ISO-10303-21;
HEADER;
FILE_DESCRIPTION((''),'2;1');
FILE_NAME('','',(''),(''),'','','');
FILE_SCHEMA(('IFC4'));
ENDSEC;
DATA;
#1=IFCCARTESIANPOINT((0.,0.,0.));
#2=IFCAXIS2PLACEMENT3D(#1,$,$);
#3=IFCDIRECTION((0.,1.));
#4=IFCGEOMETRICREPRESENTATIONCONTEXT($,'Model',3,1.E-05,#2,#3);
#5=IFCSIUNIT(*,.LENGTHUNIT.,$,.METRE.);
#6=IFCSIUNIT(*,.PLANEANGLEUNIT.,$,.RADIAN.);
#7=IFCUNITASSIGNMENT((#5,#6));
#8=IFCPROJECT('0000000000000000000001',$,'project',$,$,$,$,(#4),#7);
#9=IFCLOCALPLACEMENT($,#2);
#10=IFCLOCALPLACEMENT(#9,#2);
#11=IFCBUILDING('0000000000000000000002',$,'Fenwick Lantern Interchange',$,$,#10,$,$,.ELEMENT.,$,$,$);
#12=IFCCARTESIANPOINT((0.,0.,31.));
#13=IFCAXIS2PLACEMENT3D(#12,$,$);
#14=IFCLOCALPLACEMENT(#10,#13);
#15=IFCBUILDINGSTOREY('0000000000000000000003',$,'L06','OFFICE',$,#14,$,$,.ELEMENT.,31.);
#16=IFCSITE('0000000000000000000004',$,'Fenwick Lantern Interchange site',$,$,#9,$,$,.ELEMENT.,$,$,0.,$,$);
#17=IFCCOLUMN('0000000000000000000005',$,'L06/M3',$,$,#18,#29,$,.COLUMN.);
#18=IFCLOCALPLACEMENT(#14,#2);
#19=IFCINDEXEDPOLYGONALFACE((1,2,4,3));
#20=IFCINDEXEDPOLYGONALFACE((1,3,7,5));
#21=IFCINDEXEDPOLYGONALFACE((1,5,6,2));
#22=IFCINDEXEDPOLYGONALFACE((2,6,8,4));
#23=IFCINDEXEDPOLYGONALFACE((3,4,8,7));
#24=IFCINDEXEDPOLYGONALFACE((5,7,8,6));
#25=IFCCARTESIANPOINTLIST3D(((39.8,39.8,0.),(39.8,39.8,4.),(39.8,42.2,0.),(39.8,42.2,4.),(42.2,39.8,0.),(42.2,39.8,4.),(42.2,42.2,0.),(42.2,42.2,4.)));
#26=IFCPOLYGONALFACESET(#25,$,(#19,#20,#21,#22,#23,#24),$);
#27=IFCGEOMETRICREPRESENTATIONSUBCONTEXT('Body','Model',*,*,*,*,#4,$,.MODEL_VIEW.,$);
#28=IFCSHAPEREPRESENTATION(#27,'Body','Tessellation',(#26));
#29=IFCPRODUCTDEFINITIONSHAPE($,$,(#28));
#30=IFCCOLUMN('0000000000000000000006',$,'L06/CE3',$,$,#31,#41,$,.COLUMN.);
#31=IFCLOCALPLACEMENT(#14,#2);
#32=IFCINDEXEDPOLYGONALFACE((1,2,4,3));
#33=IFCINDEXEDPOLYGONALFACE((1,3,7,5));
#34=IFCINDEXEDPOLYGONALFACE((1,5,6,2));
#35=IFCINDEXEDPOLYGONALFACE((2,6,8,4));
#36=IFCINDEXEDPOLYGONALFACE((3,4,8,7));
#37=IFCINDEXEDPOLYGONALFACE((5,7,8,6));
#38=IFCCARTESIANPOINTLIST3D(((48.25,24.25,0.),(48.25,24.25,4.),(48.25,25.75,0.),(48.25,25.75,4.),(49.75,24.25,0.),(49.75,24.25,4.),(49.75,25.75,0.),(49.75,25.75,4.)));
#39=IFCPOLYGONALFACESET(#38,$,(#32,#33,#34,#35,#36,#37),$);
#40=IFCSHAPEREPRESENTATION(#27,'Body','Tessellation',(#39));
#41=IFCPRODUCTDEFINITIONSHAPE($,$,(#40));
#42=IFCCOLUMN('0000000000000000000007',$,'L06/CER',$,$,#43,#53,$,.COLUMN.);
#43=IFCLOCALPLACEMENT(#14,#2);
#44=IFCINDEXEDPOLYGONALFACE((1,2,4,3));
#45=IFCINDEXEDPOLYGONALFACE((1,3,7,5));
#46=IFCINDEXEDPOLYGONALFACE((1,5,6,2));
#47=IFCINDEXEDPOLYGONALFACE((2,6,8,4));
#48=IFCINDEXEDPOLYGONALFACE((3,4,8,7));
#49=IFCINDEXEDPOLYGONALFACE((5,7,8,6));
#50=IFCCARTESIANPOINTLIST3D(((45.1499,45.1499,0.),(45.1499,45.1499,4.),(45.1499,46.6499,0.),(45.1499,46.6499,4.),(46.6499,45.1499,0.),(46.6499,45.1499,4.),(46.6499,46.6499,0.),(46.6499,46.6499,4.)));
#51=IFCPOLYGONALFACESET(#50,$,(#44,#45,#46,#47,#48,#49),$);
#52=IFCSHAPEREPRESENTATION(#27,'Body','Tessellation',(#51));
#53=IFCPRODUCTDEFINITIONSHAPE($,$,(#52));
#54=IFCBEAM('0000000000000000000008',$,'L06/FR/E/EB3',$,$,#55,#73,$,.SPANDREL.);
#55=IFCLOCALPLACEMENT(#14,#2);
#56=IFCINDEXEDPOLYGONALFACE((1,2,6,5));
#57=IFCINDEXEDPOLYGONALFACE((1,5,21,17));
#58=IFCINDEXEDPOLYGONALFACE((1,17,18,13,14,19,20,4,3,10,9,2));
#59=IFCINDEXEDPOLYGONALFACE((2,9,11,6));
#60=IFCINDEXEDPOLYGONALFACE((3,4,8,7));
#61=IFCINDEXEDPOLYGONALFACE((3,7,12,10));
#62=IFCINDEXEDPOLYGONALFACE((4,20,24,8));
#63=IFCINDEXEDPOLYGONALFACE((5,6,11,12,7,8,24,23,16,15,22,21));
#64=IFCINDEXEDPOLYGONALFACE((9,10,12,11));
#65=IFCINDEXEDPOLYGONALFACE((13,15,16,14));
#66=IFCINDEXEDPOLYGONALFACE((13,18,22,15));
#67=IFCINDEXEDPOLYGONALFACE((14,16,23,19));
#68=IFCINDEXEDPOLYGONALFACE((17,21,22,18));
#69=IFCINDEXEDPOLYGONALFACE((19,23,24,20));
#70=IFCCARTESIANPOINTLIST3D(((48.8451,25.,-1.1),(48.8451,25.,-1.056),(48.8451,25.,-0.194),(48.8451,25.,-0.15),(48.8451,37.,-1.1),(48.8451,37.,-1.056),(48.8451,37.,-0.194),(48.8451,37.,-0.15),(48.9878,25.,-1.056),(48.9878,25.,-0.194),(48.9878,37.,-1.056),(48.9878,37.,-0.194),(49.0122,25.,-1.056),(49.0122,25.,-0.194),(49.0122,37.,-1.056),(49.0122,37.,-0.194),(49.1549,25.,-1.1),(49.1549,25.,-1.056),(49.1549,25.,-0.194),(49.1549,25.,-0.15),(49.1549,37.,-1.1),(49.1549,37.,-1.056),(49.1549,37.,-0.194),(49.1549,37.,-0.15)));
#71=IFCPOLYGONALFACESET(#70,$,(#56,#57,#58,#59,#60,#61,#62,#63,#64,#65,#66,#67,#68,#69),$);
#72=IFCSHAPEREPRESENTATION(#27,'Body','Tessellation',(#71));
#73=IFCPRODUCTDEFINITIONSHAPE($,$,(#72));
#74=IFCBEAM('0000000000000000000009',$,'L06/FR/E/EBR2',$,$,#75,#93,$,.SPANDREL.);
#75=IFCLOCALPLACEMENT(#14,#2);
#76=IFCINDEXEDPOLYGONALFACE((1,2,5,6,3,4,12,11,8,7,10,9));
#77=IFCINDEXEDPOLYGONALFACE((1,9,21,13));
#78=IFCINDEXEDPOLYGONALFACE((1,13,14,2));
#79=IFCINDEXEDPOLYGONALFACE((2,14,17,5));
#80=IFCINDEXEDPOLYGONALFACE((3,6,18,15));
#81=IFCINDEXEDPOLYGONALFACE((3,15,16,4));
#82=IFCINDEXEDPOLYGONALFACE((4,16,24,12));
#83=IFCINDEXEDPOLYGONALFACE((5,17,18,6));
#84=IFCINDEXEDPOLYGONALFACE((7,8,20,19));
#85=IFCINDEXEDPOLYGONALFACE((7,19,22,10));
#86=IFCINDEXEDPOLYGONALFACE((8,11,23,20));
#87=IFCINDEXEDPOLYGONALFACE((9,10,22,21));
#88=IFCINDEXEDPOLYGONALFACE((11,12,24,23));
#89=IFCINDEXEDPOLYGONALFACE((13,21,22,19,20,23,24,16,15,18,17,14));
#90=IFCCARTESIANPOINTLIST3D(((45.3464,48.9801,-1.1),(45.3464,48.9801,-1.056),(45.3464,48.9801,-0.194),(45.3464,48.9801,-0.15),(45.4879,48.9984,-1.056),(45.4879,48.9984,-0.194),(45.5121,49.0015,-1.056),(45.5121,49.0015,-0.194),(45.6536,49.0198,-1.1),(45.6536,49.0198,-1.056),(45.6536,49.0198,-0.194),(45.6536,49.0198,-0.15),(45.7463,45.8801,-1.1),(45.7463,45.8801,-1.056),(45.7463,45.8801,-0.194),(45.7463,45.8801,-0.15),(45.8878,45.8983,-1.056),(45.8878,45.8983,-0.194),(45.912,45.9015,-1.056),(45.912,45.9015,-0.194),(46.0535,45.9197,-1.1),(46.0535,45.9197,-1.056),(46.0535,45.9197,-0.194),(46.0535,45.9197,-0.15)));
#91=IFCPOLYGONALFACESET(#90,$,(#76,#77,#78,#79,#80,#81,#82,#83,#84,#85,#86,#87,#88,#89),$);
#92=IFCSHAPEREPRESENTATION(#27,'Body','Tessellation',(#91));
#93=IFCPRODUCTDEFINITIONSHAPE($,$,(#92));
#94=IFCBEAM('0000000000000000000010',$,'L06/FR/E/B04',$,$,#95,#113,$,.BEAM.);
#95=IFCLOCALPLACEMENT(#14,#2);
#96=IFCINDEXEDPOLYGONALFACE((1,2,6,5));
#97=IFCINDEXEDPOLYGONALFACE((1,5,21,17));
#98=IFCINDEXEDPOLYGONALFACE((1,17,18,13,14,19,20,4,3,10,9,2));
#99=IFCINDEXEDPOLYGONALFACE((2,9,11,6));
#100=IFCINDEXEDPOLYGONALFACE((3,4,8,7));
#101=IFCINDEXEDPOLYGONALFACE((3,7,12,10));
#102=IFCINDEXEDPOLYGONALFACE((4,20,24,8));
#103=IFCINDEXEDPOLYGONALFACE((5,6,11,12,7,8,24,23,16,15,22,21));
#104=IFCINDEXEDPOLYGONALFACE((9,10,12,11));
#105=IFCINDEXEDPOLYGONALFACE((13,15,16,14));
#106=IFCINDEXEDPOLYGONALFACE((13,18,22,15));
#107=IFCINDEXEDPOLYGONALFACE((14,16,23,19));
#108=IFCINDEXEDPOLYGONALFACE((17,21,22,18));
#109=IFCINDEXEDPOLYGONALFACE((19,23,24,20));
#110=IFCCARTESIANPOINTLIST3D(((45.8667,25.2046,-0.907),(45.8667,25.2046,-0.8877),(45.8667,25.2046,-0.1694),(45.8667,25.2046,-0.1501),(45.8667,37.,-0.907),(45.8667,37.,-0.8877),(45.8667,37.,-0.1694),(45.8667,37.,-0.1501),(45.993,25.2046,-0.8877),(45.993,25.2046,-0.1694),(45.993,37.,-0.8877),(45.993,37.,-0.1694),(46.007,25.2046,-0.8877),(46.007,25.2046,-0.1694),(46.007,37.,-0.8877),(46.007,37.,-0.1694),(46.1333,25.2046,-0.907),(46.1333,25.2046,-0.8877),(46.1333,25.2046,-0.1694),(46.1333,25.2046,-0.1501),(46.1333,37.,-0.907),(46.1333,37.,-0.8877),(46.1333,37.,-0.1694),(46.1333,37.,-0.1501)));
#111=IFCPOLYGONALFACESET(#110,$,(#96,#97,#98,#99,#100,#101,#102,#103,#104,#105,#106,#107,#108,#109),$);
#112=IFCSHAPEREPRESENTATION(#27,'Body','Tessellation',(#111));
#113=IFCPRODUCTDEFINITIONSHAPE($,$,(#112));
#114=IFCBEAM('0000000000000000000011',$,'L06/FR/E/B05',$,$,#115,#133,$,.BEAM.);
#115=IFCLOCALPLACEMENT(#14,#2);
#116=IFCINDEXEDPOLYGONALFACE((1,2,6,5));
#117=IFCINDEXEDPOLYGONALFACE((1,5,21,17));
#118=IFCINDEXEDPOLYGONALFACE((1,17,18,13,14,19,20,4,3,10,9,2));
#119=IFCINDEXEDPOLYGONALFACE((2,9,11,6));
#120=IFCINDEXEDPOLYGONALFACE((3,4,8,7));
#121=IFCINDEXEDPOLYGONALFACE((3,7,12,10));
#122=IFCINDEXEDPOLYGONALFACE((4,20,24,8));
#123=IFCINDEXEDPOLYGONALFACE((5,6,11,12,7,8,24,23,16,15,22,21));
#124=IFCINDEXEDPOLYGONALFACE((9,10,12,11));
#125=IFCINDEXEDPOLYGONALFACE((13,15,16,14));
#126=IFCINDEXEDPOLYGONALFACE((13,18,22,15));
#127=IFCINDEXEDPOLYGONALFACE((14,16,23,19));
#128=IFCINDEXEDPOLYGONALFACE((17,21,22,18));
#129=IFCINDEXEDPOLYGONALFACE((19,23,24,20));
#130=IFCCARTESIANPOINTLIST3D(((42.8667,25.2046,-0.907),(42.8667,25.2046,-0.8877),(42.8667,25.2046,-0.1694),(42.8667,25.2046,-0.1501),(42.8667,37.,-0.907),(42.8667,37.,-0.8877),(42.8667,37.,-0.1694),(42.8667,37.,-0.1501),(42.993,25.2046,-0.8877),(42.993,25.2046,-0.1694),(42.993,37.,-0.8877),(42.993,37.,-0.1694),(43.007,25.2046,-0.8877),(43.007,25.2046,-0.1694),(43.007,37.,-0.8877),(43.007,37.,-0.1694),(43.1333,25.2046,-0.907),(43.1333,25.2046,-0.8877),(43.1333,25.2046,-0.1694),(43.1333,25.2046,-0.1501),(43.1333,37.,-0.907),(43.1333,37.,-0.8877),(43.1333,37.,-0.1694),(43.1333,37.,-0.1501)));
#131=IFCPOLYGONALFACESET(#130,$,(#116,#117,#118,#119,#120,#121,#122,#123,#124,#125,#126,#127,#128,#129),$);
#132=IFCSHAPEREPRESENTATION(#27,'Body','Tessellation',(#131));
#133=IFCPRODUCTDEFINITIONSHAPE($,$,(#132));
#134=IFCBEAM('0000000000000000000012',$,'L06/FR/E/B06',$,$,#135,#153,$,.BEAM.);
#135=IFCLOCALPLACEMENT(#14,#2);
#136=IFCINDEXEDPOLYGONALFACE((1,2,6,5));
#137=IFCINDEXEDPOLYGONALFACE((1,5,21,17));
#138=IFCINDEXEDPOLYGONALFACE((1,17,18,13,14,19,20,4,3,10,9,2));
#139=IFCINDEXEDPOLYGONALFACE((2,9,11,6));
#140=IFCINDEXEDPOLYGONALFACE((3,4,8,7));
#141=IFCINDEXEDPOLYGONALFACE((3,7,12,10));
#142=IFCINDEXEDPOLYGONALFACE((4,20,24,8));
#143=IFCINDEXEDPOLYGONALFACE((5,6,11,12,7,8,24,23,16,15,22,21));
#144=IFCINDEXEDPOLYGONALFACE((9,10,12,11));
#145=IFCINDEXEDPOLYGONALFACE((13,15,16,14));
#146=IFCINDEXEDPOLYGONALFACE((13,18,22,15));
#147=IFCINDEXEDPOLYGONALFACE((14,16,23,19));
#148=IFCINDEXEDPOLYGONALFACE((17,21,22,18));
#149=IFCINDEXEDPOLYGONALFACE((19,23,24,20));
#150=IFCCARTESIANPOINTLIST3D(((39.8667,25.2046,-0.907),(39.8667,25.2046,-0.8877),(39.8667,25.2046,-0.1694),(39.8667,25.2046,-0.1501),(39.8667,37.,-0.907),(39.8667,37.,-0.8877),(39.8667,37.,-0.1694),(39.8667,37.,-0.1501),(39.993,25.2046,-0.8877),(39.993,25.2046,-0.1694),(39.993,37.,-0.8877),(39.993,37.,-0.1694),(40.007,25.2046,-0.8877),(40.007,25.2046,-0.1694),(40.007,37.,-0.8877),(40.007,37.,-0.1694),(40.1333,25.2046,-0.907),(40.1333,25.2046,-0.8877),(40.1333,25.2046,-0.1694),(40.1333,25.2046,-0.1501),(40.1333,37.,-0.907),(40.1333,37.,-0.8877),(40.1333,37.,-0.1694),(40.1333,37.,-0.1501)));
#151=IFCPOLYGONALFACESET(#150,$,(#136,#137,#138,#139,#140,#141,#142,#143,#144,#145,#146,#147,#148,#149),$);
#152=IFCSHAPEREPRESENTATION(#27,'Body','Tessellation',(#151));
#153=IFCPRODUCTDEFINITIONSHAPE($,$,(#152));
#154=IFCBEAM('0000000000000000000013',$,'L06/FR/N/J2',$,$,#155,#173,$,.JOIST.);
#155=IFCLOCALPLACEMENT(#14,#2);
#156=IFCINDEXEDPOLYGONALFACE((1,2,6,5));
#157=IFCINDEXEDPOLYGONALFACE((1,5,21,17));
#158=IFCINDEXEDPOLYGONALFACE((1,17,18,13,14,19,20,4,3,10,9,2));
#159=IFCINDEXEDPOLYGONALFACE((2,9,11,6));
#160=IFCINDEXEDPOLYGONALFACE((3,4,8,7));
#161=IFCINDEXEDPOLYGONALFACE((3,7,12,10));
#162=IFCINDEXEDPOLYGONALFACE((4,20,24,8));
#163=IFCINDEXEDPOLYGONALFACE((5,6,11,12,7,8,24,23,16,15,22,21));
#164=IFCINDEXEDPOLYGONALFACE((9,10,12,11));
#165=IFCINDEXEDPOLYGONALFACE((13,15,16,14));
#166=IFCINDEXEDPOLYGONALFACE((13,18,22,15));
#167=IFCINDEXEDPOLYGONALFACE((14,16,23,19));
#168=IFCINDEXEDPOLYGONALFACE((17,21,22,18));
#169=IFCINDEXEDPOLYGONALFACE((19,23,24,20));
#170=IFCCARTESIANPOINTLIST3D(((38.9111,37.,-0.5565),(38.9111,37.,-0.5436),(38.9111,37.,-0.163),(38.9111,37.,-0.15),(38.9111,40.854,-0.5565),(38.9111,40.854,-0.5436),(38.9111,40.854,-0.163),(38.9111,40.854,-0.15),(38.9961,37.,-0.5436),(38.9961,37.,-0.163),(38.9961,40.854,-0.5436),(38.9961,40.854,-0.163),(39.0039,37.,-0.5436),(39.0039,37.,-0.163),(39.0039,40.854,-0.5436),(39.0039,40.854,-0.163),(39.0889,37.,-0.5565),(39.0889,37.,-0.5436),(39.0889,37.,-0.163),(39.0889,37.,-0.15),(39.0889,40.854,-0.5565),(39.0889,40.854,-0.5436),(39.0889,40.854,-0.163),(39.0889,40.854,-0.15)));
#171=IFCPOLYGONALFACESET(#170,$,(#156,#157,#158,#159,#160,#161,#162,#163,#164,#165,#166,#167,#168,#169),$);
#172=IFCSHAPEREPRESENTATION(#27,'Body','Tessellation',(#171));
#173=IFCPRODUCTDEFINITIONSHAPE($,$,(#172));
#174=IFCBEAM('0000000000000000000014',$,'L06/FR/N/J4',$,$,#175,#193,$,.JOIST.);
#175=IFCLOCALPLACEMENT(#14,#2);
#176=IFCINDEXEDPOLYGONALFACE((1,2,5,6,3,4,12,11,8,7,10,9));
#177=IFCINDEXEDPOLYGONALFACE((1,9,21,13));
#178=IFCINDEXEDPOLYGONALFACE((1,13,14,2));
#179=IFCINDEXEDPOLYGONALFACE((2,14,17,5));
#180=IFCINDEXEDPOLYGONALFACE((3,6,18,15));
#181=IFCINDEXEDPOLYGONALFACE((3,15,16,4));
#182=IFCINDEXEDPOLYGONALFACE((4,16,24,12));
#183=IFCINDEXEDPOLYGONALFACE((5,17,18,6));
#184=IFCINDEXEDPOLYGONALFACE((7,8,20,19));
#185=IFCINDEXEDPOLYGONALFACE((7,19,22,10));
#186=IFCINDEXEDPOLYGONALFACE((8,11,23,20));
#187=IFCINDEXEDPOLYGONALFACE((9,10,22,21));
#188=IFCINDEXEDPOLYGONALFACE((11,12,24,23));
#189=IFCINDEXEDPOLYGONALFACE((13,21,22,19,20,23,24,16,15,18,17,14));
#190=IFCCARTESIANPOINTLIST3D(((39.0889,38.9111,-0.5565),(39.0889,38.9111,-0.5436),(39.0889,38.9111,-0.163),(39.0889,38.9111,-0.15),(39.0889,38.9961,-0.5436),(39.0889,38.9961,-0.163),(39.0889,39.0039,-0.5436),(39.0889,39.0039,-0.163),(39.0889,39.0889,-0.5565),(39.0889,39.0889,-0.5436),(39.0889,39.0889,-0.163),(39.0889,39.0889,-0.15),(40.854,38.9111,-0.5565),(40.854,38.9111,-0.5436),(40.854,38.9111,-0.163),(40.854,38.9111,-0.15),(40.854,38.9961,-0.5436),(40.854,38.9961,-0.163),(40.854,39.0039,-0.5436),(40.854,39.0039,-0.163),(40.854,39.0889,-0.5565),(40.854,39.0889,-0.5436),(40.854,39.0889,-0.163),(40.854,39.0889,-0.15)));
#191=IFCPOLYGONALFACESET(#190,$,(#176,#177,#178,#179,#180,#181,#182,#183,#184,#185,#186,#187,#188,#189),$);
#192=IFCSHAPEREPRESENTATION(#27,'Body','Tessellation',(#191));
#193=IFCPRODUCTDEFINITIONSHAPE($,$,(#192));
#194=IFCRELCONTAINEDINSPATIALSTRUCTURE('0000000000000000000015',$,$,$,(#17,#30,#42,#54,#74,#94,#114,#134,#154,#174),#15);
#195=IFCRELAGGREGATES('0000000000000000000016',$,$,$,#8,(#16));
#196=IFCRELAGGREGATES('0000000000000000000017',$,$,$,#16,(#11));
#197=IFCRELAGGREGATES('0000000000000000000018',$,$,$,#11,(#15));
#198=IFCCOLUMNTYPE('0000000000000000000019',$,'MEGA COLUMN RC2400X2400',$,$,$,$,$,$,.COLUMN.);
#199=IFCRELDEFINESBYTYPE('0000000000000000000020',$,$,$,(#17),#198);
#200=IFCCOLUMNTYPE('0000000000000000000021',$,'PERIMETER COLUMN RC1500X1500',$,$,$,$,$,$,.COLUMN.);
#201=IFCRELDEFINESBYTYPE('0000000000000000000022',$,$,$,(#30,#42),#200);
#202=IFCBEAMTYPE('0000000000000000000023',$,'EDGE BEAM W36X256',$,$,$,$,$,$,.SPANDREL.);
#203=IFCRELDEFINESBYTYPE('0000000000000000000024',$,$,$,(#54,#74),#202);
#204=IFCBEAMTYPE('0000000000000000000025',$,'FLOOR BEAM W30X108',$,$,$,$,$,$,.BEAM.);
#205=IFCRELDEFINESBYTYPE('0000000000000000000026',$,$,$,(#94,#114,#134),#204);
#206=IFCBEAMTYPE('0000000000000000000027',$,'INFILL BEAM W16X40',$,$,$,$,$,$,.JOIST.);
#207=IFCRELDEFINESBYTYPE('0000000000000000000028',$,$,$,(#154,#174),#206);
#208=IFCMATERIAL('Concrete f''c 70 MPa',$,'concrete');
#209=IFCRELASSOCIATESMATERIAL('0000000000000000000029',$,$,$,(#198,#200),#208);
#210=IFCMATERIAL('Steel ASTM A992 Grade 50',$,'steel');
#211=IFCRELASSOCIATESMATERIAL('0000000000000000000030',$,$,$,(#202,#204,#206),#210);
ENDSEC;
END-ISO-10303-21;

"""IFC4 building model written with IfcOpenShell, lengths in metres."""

from ifc_helpers import new_model, si_unit, direction, frame, origin, origin_2d, place, context, subcontext, project, spatial, rectangle, i_section, extrude, material, material_profile, profile_set, type_object, element, save


model = new_model("IFC4")

# Units and contexts
model_context = context("Model", 3, precision=1e-05, world=origin(), true_north=direction((0.0, 1.0)))
body_context = subcontext(model_context, "Body", "Model", "MODEL_VIEW")
ifc_project = project(units=[si_unit("LENGTHUNIT", "METRE"), si_unit("PLANEANGLEUNIT", "RADIAN")], contexts=[model_context])

# Site, building, storey
site_placement = place(None, origin())
site = spatial("IfcSite", under=ifc_project, at=site_placement, Name="Fenwick Lantern Interchange site", CompositionType="ELEMENT", RefElevation=0.0)
building_placement = place(site_placement, origin())
building = spatial("IfcBuilding", under=site, at=building_placement, Name="Fenwick Lantern Interchange", CompositionType="ELEMENT")
storey_placement = place(building_placement, frame((0.0, 0.0, 31.0)))
storey = spatial("IfcBuildingStorey", under=building, at=storey_placement, Name="L06", Description="OFFICE", CompositionType="ELEMENT", Elevation=31.0)

# Columns
ifc_material_1 = material(Name="Concrete f'c 70 MPa", Category="concrete")
ifc_material_profile_1 = material_profile(ifc_material_1, rectangle(XDim=2.3999, YDim=2.3999, at=origin_2d()), Name="RC2400X2400")
ifc_profile_set_1 = profile_set([ifc_material_profile_1], Name="Concrete f'c 70 MPa")
column_type_1 = type_object("IfcColumnType", Name="MEGA COLUMN RC2400X2400", PredefinedType="COLUMN", material=ifc_profile_set_1)
column_placement = place(storey_placement, frame((41.0, 41.0, 0.0), z_axis=(0.0, 0.0, 1.0), x_axis=(1.0, 0.0, 0.0)))
element("IfcColumn", 1, at=column_placement, inside=storey, type_object=column_type_1, Name="L06/M3", PredefinedType="COLUMN", context=body_context, shape_type="SweptSolid", body=[
    extrude(rectangle(XDim=2.3999, YDim=2.3999, at=origin_2d()), origin(), (0.0, 0.0, 1.0), 4.0),
])
ifc_material_profile_2 = material_profile(ifc_material_1, rectangle(XDim=1.5, YDim=1.5, at=origin_2d()), Name="RC1500X1500")
ifc_profile_set_2 = profile_set([ifc_material_profile_2], Name="Concrete f'c 70 MPa")
column_type_2 = type_object("IfcColumnType", Name="PERIMETER COLUMN RC1500X1500", PredefinedType="COLUMN", material=ifc_profile_set_2)
for number, where, z_axis, x_axis, name in (
    (2, (49.0, 25.0, 0.0), (0.0, 0.0, 1.0), (1.0, 0.0, 0.0), "L06/CE3"),
    (3, (45.8999, 45.8999, 0.0), (0.0, 0.0, 1.0), (1.0, 0.0, 0.0), "L06/CER"),
):
    element("IfcColumn", number, at=place(storey_placement, frame(where, z_axis=z_axis, x_axis=x_axis)), inside=storey, type_object=column_type_2, Name=name, PredefinedType="COLUMN", context=body_context, shape_type="SweptSolid", body=[
        extrude(rectangle(XDim=1.5, YDim=1.5, at=origin_2d()), origin(), (0.0, 0.0, 1.0), 4.0),
    ])

# Beams
ifc_material_2 = material(Name="Steel ASTM A992 Grade 50", Category="steel")
ifc_material_profile_3 = material_profile(ifc_material_2, i_section(OverallWidth=0.3098, OverallDepth=0.95, WebThickness=0.0244, FlangeThickness=0.0439, at=origin_2d()), Name="W36X256")
ifc_profile_set_3 = profile_set([ifc_material_profile_3], Name="Steel ASTM A992 Grade 50")
beam_type_1 = type_object("IfcBeamType", Name="EDGE BEAM W36X256", PredefinedType="SPANDREL", material=ifc_profile_set_3)
beam_1_placement = place(storey_placement, frame((49.0, 25.0, -0.625), z_axis=(0.0, 1.0, 0.0), x_axis=(-1.0, 0.0, 0.0)))
element("IfcBeam", 4, at=beam_1_placement, inside=storey, type_object=beam_type_1, Name="L06/FR/E/EB3", PredefinedType="SPANDREL", context=body_context, shape_type="SweptSolid", body=[
    extrude(i_section(OverallWidth=0.3098, OverallDepth=0.95, WebThickness=0.0244, FlangeThickness=0.0439, at=origin_2d()), origin(), (0.0, 0.0, 1.0), 12.0),
])
beam_2_placement = place(storey_placement, frame((45.8999, 45.8999, -0.625), z_axis=(-0.127937, 0.991782, 0.0), x_axis=(-0.991782, -0.127937, 0.0)))
element("IfcBeam", 5, at=beam_2_placement, inside=storey, type_object=beam_type_1, Name="L06/FR/E/EBR2", PredefinedType="SPANDREL", context=body_context, shape_type="SweptSolid", body=[
    extrude(i_section(OverallWidth=0.3098, OverallDepth=0.95, WebThickness=0.0244, FlangeThickness=0.0439, at=origin_2d()), origin(), (0.0, 0.0, 1.0), 3.1257),
])
ifc_material_profile_4 = material_profile(ifc_material_2, i_section(OverallWidth=0.2666, OverallDepth=0.7568, WebThickness=0.0139, FlangeThickness=0.0193, at=origin_2d()), Name="W30X108")
ifc_profile_set_4 = profile_set([ifc_material_profile_4], Name="Steel ASTM A992 Grade 50")
beam_type_2 = type_object("IfcBeamType", Name="FLOOR BEAM W30X108", PredefinedType="BEAM", material=ifc_profile_set_4)
for number, where, z_axis, x_axis, name in (
    (6, (46.0, 25.2046, -0.5286), (0.0, 1.0, 0.0), (-1.0, 0.0, 0.0), "L06/FR/E/B04"),
    (7, (43.0, 25.2046, -0.5286), (0.0, 1.0, 0.0), (-1.0, 0.0, 0.0), "L06/FR/E/B05"),
    (8, (40.0, 25.2046, -0.5286), (0.0, 1.0, 0.0), (-1.0, 0.0, 0.0), "L06/FR/E/B06"),
):
    element("IfcBeam", number, at=place(storey_placement, frame(where, z_axis=z_axis, x_axis=x_axis)), inside=storey, type_object=beam_type_2, Name=name, PredefinedType="BEAM", context=body_context, shape_type="SweptSolid", body=[
        extrude(i_section(OverallWidth=0.2666, OverallDepth=0.7568, WebThickness=0.0139, FlangeThickness=0.0193, at=origin_2d()), origin(), (0.0, 0.0, 1.0), 11.7954),
    ])
ifc_material_profile_5 = material_profile(ifc_material_2, i_section(OverallWidth=0.1777, OverallDepth=0.4065, WebThickness=0.0078, FlangeThickness=0.0129, at=origin_2d()), Name="W16X40")
ifc_profile_set_5 = profile_set([ifc_material_profile_5], Name="Steel ASTM A992 Grade 50")
beam_type_3 = type_object("IfcBeamType", Name="INFILL BEAM W16X40", PredefinedType="JOIST", material=ifc_profile_set_5)
beam_3_placement = place(storey_placement, frame((39.0, 40.854, -0.3533), z_axis=(0.0, -1.0, 0.0), x_axis=(1.0, 0.0, 0.0)))
element("IfcBeam", 9, at=beam_3_placement, inside=storey, type_object=beam_type_3, Name="L06/FR/N/J2", PredefinedType="JOIST", context=body_context, shape_type="SweptSolid", body=[
    extrude(i_section(OverallWidth=0.1777, OverallDepth=0.4065, WebThickness=0.0078, FlangeThickness=0.0129, at=origin_2d()), origin(), (0.0, 0.0, 1.0), 3.854),
])
beam_4_placement = place(storey_placement, frame((40.854, 39.0, -0.3533), z_axis=(-1.0, 0.0, 0.0), x_axis=(0.0, -1.0, 0.0)))
element("IfcBeam", 10, at=beam_4_placement, inside=storey, type_object=beam_type_3, Name="L06/FR/N/J4", PredefinedType="JOIST", context=body_context, shape_type="SweptSolid", body=[
    extrude(i_section(OverallWidth=0.1777, OverallDepth=0.4065, WebThickness=0.0078, FlangeThickness=0.0129, at=origin_2d()), origin(), (0.0, 0.0, 1.0), 1.7651),
])

save(model, "model.ifc")
